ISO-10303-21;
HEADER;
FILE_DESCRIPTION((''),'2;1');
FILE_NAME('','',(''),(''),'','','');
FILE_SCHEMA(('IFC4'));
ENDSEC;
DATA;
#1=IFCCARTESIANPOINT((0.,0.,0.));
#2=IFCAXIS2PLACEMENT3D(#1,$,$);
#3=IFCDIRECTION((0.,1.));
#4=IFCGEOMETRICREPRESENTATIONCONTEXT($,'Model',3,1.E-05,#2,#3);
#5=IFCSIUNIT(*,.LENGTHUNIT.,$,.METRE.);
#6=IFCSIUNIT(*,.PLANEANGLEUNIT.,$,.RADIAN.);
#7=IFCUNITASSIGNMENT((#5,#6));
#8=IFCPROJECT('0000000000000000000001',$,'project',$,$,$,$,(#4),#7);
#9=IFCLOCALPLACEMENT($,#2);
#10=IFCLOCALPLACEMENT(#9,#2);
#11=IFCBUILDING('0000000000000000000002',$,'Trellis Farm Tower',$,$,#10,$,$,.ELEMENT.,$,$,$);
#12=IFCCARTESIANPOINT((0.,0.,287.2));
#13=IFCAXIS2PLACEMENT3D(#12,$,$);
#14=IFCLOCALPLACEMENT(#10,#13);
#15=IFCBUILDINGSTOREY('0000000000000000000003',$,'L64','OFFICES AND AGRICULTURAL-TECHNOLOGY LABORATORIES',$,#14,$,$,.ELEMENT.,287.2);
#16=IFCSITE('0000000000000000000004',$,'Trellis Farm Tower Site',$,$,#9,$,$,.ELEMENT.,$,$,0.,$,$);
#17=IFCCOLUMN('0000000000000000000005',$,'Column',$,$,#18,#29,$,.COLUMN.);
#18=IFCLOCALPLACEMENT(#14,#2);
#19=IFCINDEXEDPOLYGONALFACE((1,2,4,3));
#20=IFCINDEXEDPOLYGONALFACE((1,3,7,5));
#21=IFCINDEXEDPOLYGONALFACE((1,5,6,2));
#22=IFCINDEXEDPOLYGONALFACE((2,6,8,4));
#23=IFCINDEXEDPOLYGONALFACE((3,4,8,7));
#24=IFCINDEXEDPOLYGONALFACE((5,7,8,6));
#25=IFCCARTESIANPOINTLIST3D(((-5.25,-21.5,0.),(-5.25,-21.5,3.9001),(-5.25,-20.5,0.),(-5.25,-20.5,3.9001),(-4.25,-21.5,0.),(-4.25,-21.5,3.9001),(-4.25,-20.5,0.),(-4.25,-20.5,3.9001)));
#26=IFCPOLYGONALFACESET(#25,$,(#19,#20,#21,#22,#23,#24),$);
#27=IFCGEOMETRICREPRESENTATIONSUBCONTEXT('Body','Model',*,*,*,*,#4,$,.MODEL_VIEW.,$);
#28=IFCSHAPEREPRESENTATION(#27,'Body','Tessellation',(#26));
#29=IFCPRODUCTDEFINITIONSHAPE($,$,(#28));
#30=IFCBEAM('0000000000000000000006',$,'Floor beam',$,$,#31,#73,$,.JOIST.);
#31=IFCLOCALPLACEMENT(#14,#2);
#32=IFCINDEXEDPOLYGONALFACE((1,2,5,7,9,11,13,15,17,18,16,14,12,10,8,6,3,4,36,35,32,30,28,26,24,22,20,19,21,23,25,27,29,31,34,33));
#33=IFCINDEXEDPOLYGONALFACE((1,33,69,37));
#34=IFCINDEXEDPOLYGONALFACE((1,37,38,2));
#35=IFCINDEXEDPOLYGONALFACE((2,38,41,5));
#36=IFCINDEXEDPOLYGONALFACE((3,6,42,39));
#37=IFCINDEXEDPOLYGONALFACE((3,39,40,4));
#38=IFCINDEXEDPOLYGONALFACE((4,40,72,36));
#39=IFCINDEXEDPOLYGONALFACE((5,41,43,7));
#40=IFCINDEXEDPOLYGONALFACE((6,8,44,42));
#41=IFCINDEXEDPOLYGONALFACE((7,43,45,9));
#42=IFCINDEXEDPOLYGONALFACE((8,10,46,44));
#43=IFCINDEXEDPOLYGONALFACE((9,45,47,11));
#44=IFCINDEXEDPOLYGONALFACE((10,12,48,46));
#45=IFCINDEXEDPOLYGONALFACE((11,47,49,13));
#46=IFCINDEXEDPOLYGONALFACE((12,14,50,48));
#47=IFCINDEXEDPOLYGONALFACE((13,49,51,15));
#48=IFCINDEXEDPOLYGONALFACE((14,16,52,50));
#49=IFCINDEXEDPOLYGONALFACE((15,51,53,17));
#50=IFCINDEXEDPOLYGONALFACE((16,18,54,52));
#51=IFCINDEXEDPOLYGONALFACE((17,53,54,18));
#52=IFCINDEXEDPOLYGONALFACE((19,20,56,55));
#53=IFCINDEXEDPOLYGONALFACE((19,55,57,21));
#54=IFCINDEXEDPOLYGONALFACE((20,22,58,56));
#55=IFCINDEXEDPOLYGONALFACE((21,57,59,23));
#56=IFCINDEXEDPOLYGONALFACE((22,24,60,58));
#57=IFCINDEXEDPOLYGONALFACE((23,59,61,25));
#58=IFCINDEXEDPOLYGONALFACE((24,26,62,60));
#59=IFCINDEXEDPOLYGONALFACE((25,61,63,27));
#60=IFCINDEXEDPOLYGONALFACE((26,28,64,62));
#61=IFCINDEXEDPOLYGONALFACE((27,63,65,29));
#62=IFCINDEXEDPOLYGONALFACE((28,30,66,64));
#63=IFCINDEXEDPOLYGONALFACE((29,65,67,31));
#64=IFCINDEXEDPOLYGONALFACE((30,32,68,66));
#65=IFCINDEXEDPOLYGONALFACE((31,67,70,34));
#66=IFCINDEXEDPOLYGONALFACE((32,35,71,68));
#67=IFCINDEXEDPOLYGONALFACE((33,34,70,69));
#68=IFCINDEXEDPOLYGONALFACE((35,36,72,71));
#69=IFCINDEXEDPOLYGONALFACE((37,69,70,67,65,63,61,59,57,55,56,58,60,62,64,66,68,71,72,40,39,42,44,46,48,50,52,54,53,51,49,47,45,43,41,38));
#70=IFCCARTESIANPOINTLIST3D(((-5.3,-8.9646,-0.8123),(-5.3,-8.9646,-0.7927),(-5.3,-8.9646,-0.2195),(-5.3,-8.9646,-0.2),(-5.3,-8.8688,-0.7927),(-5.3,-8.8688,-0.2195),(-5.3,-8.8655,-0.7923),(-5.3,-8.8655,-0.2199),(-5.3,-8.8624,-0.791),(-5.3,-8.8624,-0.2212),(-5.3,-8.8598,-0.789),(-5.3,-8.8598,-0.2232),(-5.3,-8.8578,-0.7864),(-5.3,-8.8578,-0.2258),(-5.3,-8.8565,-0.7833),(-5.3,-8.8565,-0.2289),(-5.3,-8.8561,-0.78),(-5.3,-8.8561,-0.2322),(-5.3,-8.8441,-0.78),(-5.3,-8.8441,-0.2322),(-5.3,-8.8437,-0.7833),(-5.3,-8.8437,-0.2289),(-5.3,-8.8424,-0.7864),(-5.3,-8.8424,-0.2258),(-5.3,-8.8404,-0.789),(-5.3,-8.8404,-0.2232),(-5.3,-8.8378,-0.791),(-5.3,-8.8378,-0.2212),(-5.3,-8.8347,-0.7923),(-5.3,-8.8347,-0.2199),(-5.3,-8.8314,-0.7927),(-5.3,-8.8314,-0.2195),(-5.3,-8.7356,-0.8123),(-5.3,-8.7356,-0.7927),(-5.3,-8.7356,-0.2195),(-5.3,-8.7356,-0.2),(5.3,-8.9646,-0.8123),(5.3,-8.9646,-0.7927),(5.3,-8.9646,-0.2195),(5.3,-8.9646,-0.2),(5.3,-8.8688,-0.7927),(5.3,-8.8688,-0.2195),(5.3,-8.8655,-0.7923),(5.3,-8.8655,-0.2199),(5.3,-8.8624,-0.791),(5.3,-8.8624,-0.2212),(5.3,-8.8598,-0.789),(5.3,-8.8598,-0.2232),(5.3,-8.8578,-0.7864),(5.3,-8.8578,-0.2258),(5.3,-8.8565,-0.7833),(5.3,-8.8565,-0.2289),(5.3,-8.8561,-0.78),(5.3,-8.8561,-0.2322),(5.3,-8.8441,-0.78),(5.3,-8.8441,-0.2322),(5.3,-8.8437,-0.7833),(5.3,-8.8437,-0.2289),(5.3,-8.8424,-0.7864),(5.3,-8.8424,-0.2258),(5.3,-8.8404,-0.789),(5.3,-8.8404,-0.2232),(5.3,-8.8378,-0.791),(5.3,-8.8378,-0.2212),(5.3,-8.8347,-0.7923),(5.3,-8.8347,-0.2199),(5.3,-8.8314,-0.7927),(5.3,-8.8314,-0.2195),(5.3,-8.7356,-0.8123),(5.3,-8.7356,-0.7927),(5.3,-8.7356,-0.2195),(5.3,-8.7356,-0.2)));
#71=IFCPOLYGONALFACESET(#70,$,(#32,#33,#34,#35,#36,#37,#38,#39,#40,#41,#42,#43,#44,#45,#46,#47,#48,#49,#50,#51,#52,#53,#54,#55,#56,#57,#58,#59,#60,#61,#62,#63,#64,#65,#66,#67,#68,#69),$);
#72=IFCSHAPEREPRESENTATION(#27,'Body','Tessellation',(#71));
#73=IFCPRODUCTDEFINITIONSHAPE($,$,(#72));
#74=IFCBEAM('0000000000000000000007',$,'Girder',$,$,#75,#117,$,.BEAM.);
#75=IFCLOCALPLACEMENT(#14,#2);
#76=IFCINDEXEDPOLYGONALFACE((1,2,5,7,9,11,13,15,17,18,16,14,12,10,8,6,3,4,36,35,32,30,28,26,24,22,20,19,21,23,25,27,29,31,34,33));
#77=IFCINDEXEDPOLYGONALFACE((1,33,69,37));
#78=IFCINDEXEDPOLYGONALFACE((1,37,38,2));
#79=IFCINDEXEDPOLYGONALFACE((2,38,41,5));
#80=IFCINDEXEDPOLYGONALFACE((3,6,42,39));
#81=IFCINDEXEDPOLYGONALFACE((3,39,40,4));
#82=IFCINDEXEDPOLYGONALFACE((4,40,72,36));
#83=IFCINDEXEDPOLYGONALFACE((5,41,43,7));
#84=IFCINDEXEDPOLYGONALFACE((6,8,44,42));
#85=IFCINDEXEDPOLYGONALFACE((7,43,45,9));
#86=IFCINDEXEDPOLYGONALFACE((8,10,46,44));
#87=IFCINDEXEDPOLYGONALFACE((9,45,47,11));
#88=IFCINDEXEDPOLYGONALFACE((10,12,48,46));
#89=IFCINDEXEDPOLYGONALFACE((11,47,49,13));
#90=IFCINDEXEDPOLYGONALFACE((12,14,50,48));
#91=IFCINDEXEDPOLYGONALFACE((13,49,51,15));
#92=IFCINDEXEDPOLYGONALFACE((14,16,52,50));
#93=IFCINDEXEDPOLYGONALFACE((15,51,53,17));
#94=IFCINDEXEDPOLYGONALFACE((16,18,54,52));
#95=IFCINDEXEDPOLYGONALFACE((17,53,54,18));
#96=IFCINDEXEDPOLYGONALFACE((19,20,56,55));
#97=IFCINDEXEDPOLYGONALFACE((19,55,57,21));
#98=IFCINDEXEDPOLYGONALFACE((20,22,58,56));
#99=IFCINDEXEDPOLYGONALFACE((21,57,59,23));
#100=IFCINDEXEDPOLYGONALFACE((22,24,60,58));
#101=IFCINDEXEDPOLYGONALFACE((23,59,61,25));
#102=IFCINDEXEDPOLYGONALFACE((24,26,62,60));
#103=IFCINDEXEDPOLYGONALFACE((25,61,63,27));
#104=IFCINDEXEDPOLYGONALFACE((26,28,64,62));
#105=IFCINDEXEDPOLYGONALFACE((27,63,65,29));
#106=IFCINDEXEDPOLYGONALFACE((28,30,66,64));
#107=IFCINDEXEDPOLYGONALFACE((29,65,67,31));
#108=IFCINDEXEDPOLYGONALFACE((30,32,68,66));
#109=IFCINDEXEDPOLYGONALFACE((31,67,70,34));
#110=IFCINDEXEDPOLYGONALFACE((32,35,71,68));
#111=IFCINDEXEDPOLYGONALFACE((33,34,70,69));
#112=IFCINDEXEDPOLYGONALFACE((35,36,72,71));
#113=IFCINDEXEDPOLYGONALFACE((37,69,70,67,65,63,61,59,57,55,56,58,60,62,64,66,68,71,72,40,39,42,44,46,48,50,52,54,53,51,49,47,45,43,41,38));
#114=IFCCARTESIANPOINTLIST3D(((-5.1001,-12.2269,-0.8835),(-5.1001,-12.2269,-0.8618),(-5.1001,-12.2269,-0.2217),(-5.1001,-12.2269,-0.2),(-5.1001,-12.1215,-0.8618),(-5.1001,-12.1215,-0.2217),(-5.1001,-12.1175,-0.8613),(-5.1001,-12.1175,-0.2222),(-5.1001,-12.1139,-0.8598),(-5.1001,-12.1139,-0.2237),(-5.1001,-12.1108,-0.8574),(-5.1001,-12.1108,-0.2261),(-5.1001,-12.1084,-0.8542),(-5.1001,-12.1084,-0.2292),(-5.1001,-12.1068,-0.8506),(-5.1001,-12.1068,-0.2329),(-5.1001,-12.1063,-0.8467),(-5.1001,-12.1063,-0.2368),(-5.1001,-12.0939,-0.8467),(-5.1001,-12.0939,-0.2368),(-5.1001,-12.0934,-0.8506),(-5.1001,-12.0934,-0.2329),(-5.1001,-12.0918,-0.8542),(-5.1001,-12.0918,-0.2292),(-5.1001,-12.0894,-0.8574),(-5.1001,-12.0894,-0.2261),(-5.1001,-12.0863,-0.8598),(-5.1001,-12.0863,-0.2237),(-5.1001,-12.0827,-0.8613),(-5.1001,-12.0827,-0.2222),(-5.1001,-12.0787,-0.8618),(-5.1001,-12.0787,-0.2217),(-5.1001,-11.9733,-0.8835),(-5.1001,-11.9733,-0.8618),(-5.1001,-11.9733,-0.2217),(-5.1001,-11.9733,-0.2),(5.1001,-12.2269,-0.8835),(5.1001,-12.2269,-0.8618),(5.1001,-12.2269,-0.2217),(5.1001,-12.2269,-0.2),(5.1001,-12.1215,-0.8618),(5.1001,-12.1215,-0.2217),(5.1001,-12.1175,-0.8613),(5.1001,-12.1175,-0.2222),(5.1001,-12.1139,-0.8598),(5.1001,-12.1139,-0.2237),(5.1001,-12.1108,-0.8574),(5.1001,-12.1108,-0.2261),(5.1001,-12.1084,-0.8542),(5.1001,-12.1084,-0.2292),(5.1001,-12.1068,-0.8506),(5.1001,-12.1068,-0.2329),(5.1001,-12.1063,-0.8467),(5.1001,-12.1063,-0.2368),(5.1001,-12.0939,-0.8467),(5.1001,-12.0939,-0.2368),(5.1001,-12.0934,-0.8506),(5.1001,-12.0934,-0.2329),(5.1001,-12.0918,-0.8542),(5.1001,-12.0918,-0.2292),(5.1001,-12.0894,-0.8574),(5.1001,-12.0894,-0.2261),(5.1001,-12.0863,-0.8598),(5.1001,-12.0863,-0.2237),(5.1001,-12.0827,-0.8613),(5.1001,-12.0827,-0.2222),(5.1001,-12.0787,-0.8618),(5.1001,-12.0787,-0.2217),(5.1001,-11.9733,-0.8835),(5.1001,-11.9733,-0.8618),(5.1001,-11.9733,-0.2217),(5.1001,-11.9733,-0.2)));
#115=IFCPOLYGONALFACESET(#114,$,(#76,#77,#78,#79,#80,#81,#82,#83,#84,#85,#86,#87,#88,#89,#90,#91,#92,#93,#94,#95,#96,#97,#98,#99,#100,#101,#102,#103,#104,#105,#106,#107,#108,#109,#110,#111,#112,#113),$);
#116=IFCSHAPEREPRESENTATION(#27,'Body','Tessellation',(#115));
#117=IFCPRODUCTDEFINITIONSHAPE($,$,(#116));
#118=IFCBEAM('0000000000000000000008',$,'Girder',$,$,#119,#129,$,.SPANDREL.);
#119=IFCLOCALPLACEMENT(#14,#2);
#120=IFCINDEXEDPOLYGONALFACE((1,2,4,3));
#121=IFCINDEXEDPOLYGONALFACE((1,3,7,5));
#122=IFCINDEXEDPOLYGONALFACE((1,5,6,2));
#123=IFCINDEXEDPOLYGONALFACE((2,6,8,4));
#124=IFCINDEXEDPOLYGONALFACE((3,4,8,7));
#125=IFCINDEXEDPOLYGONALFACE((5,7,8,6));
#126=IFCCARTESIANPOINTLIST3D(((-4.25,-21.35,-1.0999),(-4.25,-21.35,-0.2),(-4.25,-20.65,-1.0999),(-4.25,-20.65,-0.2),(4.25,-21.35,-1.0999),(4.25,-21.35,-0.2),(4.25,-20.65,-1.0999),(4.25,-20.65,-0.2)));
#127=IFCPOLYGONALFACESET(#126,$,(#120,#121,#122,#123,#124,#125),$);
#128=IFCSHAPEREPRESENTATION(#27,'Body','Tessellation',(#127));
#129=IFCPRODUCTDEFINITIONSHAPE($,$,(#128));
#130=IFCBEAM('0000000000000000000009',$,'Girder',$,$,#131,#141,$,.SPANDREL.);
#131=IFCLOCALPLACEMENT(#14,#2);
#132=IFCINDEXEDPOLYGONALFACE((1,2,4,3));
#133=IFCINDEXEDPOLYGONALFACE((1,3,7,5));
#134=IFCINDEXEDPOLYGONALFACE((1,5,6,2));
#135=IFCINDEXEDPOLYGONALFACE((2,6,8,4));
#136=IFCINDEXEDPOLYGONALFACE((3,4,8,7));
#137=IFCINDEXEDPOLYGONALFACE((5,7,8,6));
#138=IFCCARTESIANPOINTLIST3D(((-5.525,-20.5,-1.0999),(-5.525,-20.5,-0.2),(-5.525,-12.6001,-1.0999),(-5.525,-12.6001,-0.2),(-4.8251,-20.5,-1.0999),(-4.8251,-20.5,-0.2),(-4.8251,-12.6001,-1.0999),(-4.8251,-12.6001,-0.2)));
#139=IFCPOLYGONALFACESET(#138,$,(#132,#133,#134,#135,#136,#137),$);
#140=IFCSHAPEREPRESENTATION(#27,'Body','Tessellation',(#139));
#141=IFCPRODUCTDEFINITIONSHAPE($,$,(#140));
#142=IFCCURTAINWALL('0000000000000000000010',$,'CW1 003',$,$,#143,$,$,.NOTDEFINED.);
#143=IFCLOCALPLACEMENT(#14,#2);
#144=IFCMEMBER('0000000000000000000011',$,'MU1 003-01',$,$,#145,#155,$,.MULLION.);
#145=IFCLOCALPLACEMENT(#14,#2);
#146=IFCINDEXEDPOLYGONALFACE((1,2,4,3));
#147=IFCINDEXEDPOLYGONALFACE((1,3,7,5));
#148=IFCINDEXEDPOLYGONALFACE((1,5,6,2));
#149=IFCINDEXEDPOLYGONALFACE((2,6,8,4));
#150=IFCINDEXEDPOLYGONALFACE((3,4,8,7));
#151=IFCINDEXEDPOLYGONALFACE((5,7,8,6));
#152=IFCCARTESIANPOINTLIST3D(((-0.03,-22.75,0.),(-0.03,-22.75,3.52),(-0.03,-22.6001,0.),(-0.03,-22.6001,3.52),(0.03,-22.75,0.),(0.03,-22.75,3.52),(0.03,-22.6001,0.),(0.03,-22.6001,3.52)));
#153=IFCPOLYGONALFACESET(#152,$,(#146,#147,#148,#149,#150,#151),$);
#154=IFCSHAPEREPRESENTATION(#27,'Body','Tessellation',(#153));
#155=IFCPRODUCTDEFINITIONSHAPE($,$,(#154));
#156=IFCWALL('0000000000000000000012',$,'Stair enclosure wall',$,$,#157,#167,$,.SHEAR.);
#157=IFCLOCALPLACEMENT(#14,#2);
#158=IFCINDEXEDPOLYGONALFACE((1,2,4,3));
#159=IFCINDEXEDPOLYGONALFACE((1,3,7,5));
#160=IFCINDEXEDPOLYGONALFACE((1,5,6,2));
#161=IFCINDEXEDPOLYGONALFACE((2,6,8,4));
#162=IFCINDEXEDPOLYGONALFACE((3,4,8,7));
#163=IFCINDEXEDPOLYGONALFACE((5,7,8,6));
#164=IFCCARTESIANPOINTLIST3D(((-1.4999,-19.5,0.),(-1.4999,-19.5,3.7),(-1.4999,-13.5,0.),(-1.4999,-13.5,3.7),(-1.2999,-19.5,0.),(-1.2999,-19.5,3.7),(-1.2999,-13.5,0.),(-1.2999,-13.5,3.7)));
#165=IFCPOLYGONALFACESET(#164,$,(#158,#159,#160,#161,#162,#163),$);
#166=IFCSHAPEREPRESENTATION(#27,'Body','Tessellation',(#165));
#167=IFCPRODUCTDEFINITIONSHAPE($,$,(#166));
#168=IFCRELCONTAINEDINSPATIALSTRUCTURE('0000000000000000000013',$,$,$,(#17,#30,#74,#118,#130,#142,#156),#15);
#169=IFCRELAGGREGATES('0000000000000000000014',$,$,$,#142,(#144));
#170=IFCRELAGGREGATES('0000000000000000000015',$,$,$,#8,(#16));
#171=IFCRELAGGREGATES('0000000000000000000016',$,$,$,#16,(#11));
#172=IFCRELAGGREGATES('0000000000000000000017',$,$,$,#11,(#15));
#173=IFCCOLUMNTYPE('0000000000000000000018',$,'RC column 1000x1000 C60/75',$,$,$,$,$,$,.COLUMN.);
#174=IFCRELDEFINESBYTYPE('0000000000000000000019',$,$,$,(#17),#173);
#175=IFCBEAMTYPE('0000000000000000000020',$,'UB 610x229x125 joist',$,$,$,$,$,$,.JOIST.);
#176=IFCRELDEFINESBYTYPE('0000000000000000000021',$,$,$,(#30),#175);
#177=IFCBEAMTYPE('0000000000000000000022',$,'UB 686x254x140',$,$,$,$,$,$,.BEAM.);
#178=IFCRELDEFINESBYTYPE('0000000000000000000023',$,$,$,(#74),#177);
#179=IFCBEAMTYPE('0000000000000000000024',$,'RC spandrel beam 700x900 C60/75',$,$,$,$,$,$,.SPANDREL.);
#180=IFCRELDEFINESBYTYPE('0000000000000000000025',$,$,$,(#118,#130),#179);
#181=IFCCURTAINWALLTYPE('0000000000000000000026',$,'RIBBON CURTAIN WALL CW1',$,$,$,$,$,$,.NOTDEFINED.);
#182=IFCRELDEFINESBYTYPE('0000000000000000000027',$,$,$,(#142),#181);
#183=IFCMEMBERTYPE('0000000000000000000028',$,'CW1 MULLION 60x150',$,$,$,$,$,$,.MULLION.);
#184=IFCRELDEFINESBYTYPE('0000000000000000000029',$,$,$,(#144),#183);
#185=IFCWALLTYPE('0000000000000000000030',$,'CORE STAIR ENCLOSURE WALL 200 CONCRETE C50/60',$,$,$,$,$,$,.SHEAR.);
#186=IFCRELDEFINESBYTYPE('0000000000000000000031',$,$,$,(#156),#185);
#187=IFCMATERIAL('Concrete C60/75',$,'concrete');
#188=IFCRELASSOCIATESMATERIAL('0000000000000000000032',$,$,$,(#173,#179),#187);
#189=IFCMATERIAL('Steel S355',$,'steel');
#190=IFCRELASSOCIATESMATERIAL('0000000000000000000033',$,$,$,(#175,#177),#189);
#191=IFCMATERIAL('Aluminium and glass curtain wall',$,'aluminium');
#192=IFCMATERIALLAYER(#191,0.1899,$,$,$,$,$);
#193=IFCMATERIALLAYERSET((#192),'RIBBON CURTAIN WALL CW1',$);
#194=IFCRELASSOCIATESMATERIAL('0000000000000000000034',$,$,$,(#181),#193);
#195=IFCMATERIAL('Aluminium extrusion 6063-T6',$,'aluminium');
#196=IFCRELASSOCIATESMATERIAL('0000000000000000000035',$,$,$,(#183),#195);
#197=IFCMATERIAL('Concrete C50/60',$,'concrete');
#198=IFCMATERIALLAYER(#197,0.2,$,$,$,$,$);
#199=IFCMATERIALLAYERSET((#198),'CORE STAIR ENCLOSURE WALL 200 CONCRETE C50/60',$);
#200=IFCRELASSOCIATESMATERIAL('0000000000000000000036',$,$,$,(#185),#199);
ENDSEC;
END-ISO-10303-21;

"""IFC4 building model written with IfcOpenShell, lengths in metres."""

from ifc_helpers import new_model, si_unit, direction, frame, frame_2d, origin, origin_2d, place, context, subcontext, project, spatial, rectangle, i_section, extrude, source, transform, mapped, material, layer, layer_set, material_profile, profile_set, type_object, element, aggregate, save


model = new_model("IFC4")

# Units and contexts
model_context = context("Model", 3, precision=1e-05, world=origin(), true_north=direction((0.0, 1.0)))
body_context = subcontext(model_context, "Body", "Model", "MODEL_VIEW")
ifc_project = project(units=[si_unit("LENGTHUNIT", "METRE"), si_unit("PLANEANGLEUNIT", "RADIAN")], contexts=[model_context])

# Site, building, storey
site_placement = place(None, origin())
site = spatial("IfcSite", under=ifc_project, at=site_placement, Name="Trellis Farm Tower Site", CompositionType="ELEMENT", RefElevation=0.0)
building_placement = place(site_placement, origin())
building = spatial("IfcBuilding", under=site, at=building_placement, Name="Trellis Farm Tower", CompositionType="ELEMENT")
storey_placement = place(building_placement, frame((0.0, 0.0, 287.2)))
storey = spatial("IfcBuildingStorey", under=building, at=storey_placement, Name="L64", Description="OFFICES AND AGRICULTURAL-TECHNOLOGY LABORATORIES", CompositionType="ELEMENT", Elevation=287.2)

# Column
ifc_material_1 = material(Name="Concrete C60/75", Category="concrete")
ifc_material_profile_1 = material_profile(ifc_material_1, rectangle(XDim=1.0, YDim=1.0, at=origin_2d()), Name="RC column 1000x1000 C60/75")
ifc_profile_set_1 = profile_set([ifc_material_profile_1], Name="Concrete C60/75")
column_type = type_object("IfcColumnType", Name="RC column 1000x1000 C60/75", PredefinedType="COLUMN", material=ifc_profile_set_1)
shared_shape_1 = source(origin(), body_context, "Body", "SweptSolid", [
    extrude(rectangle(XDim=1.0, YDim=1.0, at=origin_2d()), origin(), (0.0, 0.0, 1.0), 3.9001),
])
column_placement = place(storey_placement, frame((-4.75, -21.0, 0.0), z_axis=(0.0, 0.0, 1.0), x_axis=(1.0, 0.0, 0.0)))
element("IfcColumn", 1, at=column_placement, inside=storey, type_object=column_type, Name="Column", PredefinedType="COLUMN", context=body_context, shape_type="MappedRepresentation", body=[
    mapped(shared_shape_1, transform((0.0, 0.0, 0.0))),
])

# Beams
ifc_material_2 = material(Name="Steel S355", Category="steel")
ifc_material_profile_2 = material_profile(ifc_material_2, i_section(OverallWidth=0.229, OverallDepth=0.6123, WebThickness=0.012, FlangeThickness=0.0195, FilletRadius=0.0127, at=origin_2d()), Name="UB 610x229x125")
ifc_profile_set_2 = profile_set([ifc_material_profile_2], Name="Steel S355")
beam_type_1 = type_object("IfcBeamType", Name="UB 610x229x125 joist", PredefinedType="JOIST", material=ifc_profile_set_2)
shared_shape_2 = source(origin(), body_context, "Body", "SweptSolid", [
    extrude(i_section(OverallWidth=0.229, OverallDepth=0.6123, WebThickness=0.012, FlangeThickness=0.0195, FilletRadius=0.0127, at=origin_2d()), origin(), (0.0, 0.0, 1.0), 10.6001),
])
beam_1_placement = place(storey_placement, frame((-5.3, -8.8501, -0.5061), z_axis=(1.0, 0.0, 0.0), x_axis=(0.0, 1.0, 0.0)))
element("IfcBeam", 2, at=beam_1_placement, inside=storey, type_object=beam_type_1, Name="Floor beam", PredefinedType="JOIST", context=body_context, shape_type="MappedRepresentation", body=[
    mapped(shared_shape_2, transform((0.0, 0.0, 0.0))),
])
ifc_material_profile_3 = material_profile(ifc_material_2, i_section(OverallWidth=0.2537, OverallDepth=0.6836, WebThickness=0.0125, FlangeThickness=0.0217, FilletRadius=0.0151, at=origin_2d()), Name="UB 686x254x140")
ifc_profile_set_3 = profile_set([ifc_material_profile_3], Name="Steel S355")
beam_type_2 = type_object("IfcBeamType", Name="UB 686x254x140", PredefinedType="BEAM", material=ifc_profile_set_3)
shared_shape_3 = source(origin(), body_context, "Body", "SweptSolid", [
    extrude(i_section(OverallWidth=0.2537, OverallDepth=0.6836, WebThickness=0.0125, FlangeThickness=0.0217, FilletRadius=0.0151, at=origin_2d()), origin(), (0.0, 0.0, 1.0), 10.2002),
])
beam_2_placement = place(storey_placement, frame((-5.1001, -12.1001, -0.5417), z_axis=(1.0, 0.0, 0.0), x_axis=(0.0, 1.0, 0.0)))
element("IfcBeam", 3, at=beam_2_placement, inside=storey, type_object=beam_type_2, Name="Girder", PredefinedType="BEAM", context=body_context, shape_type="MappedRepresentation", body=[
    mapped(shared_shape_3, transform((0.0, 0.0, 0.0))),
])
ifc_material_profile_4 = material_profile(ifc_material_1, rectangle(XDim=0.7, YDim=0.8999, at=origin_2d()), Name="RC spandrel beam 700x900 C60/75")
ifc_profile_set_4 = profile_set([ifc_material_profile_4], Name="Concrete C60/75")
beam_type_3 = type_object("IfcBeamType", Name="RC spandrel beam 700x900 C60/75", PredefinedType="SPANDREL", material=ifc_profile_set_4)
shared_shape_4 = source(origin(), body_context, "Body", "SweptSolid", [
    extrude(rectangle(XDim=0.7, YDim=0.8999, at=origin_2d()), origin(), (0.0, 0.0, 1.0), 8.5),
])
beam_3_placement = place(storey_placement, frame((-4.25, -21.0, -0.6499), z_axis=(1.0, 0.0, 0.0), x_axis=(0.0, 1.0, 0.0)))
element("IfcBeam", 4, at=beam_3_placement, inside=storey, type_object=beam_type_3, Name="Girder", PredefinedType="SPANDREL", context=body_context, shape_type="MappedRepresentation", body=[
    mapped(shared_shape_4, transform((0.0, 0.0, 0.0))),
])
shared_shape_5 = source(origin(), body_context, "Body", "SweptSolid", [
    extrude(rectangle(XDim=0.7, YDim=0.8999, at=origin_2d()), origin(), (0.0, 0.0, 1.0), 7.8999),
])
beam_4_placement = place(storey_placement, frame((-5.175, -20.5, -0.6499), z_axis=(0.0, 1.0, 0.0), x_axis=(-1.0, 0.0, 0.0)))
element("IfcBeam", 5, at=beam_4_placement, inside=storey, type_object=beam_type_3, Name="Girder", PredefinedType="SPANDREL", context=body_context, shape_type="MappedRepresentation", body=[
    mapped(shared_shape_5, transform((0.0, 0.0, 0.0))),
])

# Curtain wall, member
ifc_material_3 = material(Name="Aluminium and glass curtain wall", Category="aluminium")
ifc_layer_1 = layer(ifc_material_3, 0.1899)
ifc_layer_set_1 = layer_set([ifc_layer_1], Name="RIBBON CURTAIN WALL CW1")
curtain_wall_type = type_object("IfcCurtainWallType", Name="RIBBON CURTAIN WALL CW1", PredefinedType="NOTDEFINED", material=ifc_layer_set_1)
placement = place(storey_placement, origin())
curtain_wall = element("IfcCurtainWall", 6, at=placement, inside=storey, type_object=curtain_wall_type, Name="CW1 003", PredefinedType="NOTDEFINED")
ifc_material_4 = material(Name="Aluminium extrusion 6063-T6", Category="aluminium")
ifc_material_profile_5 = material_profile(ifc_material_4, rectangle(XDim=0.0601, YDim=0.1499, at=origin_2d()), Name="MULLION 60x150")
ifc_profile_set_5 = profile_set([ifc_material_profile_5], Name="Aluminium extrusion 6063-T6")
member_type = type_object("IfcMemberType", Name="CW1 MULLION 60x150", PredefinedType="MULLION", material=ifc_profile_set_5)
shared_shape_6 = source(origin(), body_context, "Body", "SweptSolid", [
    extrude(rectangle(XDim=0.0601, YDim=0.1499, at=origin_2d()), origin(), (0.0, 0.0, 1.0), 3.52),
])
member_placement = place(storey_placement, frame((0.0, -22.675, 0.0), z_axis=(0.0, 0.0, 1.0), x_axis=(1.0, 0.0, 0.0)))
member = element("IfcMember", 7, at=member_placement, type_object=member_type, Name="MU1 003-01", PredefinedType="MULLION", context=body_context, shape_type="MappedRepresentation", body=[
    mapped(shared_shape_6, transform((0.0, 0.0, 0.0))),
])
aggregate(curtain_wall, [member])

# Wall
ifc_material_5 = material(Name="Concrete C50/60", Category="concrete")
ifc_layer_2 = layer(ifc_material_5, 0.2)
ifc_layer_set_2 = layer_set([ifc_layer_2], Name="CORE STAIR ENCLOSURE WALL 200 CONCRETE C50/60")
wall_type_1 = type_object("IfcWallType", Name="CORE STAIR ENCLOSURE WALL 200 CONCRETE C50/60", PredefinedType="SHEAR", material=ifc_layer_set_2)
shared_shape_7 = source(origin(), body_context, "Body", "SweptSolid", [
    extrude(rectangle(XDim=6.0, YDim=0.2, at=frame_2d((3.0, 0.0))), origin(), (0.0, 0.0, 1.0), 3.7),
])
wall_1_placement = place(storey_placement, frame((-1.3999, -13.5, 0.0), z_axis=(0.0, 0.0, 1.0), x_axis=(0.0, -1.0, 0.0)))
element("IfcWall", 8, at=wall_1_placement, inside=storey, type_object=wall_type_1, Name="Stair enclosure wall", PredefinedType="SHEAR", context=body_context, shape_type="MappedRepresentation", body=[
    mapped(shared_shape_7, transform((0.0, 0.0, 0.0))),
])

save(model, "model.ifc")
